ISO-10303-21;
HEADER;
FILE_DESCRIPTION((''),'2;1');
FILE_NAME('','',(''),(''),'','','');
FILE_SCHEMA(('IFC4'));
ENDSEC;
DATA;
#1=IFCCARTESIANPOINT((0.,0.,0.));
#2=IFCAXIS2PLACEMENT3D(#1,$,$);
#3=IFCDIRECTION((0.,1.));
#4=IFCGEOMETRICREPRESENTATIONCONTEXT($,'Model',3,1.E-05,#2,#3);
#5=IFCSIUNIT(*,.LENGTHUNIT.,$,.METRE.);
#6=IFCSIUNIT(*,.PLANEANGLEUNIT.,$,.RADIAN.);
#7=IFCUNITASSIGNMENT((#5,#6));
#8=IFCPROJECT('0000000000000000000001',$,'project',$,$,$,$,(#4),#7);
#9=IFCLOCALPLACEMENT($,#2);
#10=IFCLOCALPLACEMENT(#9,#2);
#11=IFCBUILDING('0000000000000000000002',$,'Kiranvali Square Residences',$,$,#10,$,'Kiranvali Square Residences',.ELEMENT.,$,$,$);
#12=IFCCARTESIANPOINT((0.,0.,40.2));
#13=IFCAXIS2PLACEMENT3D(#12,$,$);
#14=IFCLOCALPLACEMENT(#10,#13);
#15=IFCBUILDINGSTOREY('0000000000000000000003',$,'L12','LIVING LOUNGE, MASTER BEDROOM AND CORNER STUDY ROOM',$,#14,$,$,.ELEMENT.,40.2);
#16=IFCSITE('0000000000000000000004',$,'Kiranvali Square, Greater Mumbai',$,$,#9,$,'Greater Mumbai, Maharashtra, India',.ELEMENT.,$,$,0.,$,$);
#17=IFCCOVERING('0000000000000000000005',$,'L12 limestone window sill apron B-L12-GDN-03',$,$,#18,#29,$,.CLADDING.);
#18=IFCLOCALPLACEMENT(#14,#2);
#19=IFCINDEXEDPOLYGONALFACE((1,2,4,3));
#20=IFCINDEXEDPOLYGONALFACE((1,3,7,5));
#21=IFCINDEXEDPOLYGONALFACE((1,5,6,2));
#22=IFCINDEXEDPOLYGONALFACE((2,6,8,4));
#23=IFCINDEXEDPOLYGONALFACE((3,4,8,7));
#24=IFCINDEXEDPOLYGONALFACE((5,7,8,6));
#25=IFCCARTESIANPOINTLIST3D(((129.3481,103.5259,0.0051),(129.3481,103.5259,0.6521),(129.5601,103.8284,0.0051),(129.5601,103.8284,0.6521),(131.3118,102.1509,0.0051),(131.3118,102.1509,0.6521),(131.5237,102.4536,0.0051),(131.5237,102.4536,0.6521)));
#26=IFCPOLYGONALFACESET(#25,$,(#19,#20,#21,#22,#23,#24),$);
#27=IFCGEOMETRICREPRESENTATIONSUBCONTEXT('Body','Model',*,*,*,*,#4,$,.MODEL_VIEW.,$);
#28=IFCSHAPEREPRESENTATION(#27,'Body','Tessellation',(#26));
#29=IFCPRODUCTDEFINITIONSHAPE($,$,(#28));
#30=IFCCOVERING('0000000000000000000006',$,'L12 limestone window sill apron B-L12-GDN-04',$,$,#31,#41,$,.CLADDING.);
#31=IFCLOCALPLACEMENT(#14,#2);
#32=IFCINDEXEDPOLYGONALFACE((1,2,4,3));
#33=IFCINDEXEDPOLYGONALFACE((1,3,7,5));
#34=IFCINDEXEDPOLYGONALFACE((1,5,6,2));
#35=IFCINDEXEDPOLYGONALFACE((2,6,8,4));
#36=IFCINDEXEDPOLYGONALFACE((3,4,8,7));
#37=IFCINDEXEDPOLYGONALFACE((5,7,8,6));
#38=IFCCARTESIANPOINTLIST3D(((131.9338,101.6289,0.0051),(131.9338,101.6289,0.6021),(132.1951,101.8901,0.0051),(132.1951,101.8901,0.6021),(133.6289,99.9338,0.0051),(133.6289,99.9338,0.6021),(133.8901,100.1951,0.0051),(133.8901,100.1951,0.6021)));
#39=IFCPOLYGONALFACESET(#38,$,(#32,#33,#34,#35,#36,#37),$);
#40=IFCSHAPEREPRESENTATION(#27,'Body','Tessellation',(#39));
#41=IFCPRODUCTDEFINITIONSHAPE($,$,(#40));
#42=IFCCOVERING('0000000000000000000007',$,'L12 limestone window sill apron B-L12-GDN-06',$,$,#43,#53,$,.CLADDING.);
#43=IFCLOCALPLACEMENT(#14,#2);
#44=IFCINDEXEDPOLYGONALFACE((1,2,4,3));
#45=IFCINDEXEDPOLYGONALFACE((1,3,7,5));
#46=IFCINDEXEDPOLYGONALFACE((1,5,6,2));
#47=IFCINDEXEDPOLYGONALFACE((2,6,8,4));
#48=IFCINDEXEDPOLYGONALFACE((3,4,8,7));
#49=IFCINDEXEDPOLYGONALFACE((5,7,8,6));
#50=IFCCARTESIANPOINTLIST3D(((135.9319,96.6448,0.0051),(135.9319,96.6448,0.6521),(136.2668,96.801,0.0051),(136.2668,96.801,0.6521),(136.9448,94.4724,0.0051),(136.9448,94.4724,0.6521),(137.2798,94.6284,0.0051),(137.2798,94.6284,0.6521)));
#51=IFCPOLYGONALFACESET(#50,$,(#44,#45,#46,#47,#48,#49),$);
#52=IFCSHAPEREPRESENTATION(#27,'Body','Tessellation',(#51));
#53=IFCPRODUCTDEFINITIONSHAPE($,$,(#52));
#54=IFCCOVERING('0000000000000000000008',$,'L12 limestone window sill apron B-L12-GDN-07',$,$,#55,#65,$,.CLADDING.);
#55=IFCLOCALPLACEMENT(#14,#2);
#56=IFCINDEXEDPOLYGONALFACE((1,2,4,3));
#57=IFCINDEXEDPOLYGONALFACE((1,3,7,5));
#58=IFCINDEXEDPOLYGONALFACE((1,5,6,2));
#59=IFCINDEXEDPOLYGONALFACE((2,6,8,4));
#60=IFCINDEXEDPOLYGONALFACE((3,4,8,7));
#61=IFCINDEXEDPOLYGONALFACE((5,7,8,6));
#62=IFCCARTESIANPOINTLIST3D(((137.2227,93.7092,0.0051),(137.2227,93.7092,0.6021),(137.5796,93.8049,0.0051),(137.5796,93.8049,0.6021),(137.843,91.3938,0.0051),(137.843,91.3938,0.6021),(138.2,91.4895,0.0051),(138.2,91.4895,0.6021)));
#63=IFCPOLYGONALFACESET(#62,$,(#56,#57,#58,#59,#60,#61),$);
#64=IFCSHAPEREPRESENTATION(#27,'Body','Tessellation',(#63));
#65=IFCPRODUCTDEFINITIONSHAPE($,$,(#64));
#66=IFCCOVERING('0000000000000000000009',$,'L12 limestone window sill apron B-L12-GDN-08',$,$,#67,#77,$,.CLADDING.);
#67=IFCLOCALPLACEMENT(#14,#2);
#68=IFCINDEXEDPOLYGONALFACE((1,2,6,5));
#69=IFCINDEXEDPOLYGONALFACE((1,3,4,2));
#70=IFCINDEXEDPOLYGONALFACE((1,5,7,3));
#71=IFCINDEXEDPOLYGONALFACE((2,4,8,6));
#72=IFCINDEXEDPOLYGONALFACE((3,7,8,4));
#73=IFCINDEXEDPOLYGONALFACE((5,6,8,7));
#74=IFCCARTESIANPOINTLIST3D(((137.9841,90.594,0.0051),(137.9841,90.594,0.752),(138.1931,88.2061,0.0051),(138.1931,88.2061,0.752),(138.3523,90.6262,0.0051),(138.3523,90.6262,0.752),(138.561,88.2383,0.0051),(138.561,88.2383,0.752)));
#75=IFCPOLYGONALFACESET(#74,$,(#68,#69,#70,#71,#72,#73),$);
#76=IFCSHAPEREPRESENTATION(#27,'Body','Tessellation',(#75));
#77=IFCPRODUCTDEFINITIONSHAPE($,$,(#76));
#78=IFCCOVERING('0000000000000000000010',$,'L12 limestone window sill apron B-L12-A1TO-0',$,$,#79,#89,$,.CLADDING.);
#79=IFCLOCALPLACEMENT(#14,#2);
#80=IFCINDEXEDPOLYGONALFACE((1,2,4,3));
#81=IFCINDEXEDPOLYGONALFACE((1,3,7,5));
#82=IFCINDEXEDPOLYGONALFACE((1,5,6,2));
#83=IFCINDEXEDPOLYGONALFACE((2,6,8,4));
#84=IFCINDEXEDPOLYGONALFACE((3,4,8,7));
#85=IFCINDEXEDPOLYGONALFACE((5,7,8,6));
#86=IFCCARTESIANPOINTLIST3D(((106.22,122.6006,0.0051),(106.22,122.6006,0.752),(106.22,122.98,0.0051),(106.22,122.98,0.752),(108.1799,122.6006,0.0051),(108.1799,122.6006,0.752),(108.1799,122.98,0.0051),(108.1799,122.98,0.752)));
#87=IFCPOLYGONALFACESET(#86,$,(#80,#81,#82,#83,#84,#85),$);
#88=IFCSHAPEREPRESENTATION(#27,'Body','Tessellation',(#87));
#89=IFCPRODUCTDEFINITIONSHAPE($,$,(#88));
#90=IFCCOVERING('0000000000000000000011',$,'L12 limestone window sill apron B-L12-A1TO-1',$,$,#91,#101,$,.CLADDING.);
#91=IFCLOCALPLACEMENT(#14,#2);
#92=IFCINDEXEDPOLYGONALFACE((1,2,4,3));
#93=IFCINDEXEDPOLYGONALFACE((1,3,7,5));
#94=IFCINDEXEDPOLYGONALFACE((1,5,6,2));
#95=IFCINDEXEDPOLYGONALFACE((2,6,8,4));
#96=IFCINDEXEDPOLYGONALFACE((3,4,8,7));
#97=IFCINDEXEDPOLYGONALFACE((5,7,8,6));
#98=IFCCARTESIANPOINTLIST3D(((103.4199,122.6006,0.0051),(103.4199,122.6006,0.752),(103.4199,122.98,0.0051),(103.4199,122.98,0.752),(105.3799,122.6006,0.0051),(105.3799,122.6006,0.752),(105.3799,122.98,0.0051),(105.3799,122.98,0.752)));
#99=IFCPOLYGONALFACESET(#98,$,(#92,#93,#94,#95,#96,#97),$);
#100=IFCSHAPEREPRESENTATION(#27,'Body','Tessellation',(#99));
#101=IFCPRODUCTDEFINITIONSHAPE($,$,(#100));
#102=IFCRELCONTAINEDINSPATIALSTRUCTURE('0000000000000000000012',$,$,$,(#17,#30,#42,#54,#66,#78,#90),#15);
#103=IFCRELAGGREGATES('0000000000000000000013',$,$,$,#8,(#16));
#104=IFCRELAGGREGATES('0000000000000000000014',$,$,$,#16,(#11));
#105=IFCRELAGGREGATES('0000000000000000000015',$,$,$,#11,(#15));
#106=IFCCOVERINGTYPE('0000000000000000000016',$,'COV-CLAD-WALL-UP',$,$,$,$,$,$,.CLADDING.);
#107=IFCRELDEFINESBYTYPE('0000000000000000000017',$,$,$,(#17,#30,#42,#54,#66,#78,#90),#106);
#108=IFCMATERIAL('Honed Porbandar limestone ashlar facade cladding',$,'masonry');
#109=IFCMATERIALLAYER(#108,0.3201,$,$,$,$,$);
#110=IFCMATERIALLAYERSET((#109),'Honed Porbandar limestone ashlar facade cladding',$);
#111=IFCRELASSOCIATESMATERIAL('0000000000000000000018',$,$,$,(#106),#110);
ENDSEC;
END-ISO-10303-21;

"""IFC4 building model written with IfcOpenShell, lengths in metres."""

from ifc_helpers import new_model, si_unit, direction, frame, origin, place, context, subcontext, project, spatial, polyline, outline, extrude, material, layer, layer_set, type_object, element, save


model = new_model("IFC4")

# Units and contexts
model_context = context("Model", 3, precision=1e-05, world=origin(), true_north=direction((0.0, 1.0)))
body_context = subcontext(model_context, "Body", "Model", "MODEL_VIEW")
ifc_project = project(units=[si_unit("LENGTHUNIT", "METRE"), si_unit("PLANEANGLEUNIT", "RADIAN")], contexts=[model_context])

# Site, building, storey
site_placement = place(None, origin())
site = spatial("IfcSite", under=ifc_project, at=site_placement, Name="Kiranvali Square, Greater Mumbai", LongName="Greater Mumbai, Maharashtra, India", CompositionType="ELEMENT", RefElevation=0.0)
building_placement = place(site_placement, origin())
building = spatial("IfcBuilding", under=site, at=building_placement, Name="Kiranvali Square Residences", LongName="Kiranvali Square Residences", CompositionType="ELEMENT")
storey_placement = place(building_placement, frame((0.0, 0.0, 40.2)))
storey = spatial("IfcBuildingStorey", under=building, at=storey_placement, Name="L12", Description="LIVING LOUNGE, MASTER BEDROOM AND CORNER STUDY ROOM", CompositionType="ELEMENT", Elevation=40.2)

# Coverings
ifc_material = material(Name="Honed Porbandar limestone ashlar facade cladding", Category="masonry")
ifc_layer_1 = layer(ifc_material, 0.3201)
ifc_layer_set_1 = layer_set([ifc_layer_1], Name="Honed Porbandar limestone ashlar facade cladding")
covering_type_1 = type_object("IfcCoveringType", Name="COV-CLAD-WALL-UP", PredefinedType="CLADDING", material=ifc_layer_set_1)
covering_1_placement = place(storey_placement, frame((0.0, 0.0, 0.0051)))
element("IfcCovering", 1, at=covering_1_placement, inside=storey, type_object=covering_type_1, Name="L12 limestone window sill apron B-L12-GDN-03", PredefinedType="CLADDING", context=body_context, shape_type="SweptSolid", body=[
    extrude(outline(polyline([(129.3481, 103.5259), (131.3118, 102.1509), (131.5237, 102.4536), (129.5601, 103.8284), (129.3481, 103.5259)])), origin(), (0.0, 0.0, 1.0), 0.647),
])
covering_2_placement = place(storey_placement, frame((0.0, 0.0, 0.0051)))
element("IfcCovering", 2, at=covering_2_placement, inside=storey, type_object=covering_type_1, Name="L12 limestone window sill apron B-L12-GDN-04", PredefinedType="CLADDING", context=body_context, shape_type="SweptSolid", body=[
    extrude(outline(polyline([(131.9338, 101.6289), (133.6289, 99.9338), (133.8901, 100.1951), (132.1951, 101.8901), (131.9338, 101.6289)])), origin(), (0.0, 0.0, 1.0), 0.5969),
])
covering_3_placement = place(storey_placement, frame((0.0, 0.0, 0.0051)))
element("IfcCovering", 3, at=covering_3_placement, inside=storey, type_object=covering_type_1, Name="L12 limestone window sill apron B-L12-GDN-06", PredefinedType="CLADDING", context=body_context, shape_type="SweptSolid", body=[
    extrude(outline(polyline([(135.9319, 96.6448), (136.9448, 94.4724), (137.2798, 94.6284), (136.2668, 96.801), (135.9319, 96.6448)])), origin(), (0.0, 0.0, 1.0), 0.647),
])
covering_4_placement = place(storey_placement, frame((0.0, 0.0, 0.0051)))
element("IfcCovering", 4, at=covering_4_placement, inside=storey, type_object=covering_type_1, Name="L12 limestone window sill apron B-L12-GDN-07", PredefinedType="CLADDING", context=body_context, shape_type="SweptSolid", body=[
    extrude(outline(polyline([(137.2227, 93.7092), (137.843, 91.3938), (138.2, 91.4895), (137.5796, 93.8049), (137.2227, 93.7092)])), origin(), (0.0, 0.0, 1.0), 0.5969),
])
covering_5_placement = place(storey_placement, frame((0.0, 0.0, 0.0051)))
element("IfcCovering", 5, at=covering_5_placement, inside=storey, type_object=covering_type_1, Name="L12 limestone window sill apron B-L12-GDN-08", PredefinedType="CLADDING", context=body_context, shape_type="SweptSolid", body=[
    extrude(outline(polyline([(137.9841, 90.594), (138.1931, 88.2061), (138.561, 88.2383), (138.3523, 90.6262), (137.9841, 90.594)])), origin(), (0.0, 0.0, 1.0), 0.7468),
])
covering_6_placement = place(storey_placement, frame((0.0, 0.0, 0.0051)))
element("IfcCovering", 6, at=covering_6_placement, inside=storey, type_object=covering_type_1, Name="L12 limestone window sill apron B-L12-A1TO-0", PredefinedType="CLADDING", context=body_context, shape_type="SweptSolid", body=[
    extrude(outline(polyline([(108.1799, 122.98), (106.22, 122.98), (106.22, 122.6006), (108.1799, 122.6006), (108.1799, 122.98)])), origin(), (0.0, 0.0, 1.0), 0.7468),
])
covering_7_placement = place(storey_placement, frame((0.0, 0.0, 0.0051)))
element("IfcCovering", 7, at=covering_7_placement, inside=storey, type_object=covering_type_1, Name="L12 limestone window sill apron B-L12-A1TO-1", PredefinedType="CLADDING", context=body_context, shape_type="SweptSolid", body=[
    extrude(outline(polyline([(105.3799, 122.98), (103.4199, 122.98), (103.4199, 122.6006), (105.3799, 122.6006), (105.3799, 122.98)])), origin(), (0.0, 0.0, 1.0), 0.7468),
])

save(model, "model.ifc")
